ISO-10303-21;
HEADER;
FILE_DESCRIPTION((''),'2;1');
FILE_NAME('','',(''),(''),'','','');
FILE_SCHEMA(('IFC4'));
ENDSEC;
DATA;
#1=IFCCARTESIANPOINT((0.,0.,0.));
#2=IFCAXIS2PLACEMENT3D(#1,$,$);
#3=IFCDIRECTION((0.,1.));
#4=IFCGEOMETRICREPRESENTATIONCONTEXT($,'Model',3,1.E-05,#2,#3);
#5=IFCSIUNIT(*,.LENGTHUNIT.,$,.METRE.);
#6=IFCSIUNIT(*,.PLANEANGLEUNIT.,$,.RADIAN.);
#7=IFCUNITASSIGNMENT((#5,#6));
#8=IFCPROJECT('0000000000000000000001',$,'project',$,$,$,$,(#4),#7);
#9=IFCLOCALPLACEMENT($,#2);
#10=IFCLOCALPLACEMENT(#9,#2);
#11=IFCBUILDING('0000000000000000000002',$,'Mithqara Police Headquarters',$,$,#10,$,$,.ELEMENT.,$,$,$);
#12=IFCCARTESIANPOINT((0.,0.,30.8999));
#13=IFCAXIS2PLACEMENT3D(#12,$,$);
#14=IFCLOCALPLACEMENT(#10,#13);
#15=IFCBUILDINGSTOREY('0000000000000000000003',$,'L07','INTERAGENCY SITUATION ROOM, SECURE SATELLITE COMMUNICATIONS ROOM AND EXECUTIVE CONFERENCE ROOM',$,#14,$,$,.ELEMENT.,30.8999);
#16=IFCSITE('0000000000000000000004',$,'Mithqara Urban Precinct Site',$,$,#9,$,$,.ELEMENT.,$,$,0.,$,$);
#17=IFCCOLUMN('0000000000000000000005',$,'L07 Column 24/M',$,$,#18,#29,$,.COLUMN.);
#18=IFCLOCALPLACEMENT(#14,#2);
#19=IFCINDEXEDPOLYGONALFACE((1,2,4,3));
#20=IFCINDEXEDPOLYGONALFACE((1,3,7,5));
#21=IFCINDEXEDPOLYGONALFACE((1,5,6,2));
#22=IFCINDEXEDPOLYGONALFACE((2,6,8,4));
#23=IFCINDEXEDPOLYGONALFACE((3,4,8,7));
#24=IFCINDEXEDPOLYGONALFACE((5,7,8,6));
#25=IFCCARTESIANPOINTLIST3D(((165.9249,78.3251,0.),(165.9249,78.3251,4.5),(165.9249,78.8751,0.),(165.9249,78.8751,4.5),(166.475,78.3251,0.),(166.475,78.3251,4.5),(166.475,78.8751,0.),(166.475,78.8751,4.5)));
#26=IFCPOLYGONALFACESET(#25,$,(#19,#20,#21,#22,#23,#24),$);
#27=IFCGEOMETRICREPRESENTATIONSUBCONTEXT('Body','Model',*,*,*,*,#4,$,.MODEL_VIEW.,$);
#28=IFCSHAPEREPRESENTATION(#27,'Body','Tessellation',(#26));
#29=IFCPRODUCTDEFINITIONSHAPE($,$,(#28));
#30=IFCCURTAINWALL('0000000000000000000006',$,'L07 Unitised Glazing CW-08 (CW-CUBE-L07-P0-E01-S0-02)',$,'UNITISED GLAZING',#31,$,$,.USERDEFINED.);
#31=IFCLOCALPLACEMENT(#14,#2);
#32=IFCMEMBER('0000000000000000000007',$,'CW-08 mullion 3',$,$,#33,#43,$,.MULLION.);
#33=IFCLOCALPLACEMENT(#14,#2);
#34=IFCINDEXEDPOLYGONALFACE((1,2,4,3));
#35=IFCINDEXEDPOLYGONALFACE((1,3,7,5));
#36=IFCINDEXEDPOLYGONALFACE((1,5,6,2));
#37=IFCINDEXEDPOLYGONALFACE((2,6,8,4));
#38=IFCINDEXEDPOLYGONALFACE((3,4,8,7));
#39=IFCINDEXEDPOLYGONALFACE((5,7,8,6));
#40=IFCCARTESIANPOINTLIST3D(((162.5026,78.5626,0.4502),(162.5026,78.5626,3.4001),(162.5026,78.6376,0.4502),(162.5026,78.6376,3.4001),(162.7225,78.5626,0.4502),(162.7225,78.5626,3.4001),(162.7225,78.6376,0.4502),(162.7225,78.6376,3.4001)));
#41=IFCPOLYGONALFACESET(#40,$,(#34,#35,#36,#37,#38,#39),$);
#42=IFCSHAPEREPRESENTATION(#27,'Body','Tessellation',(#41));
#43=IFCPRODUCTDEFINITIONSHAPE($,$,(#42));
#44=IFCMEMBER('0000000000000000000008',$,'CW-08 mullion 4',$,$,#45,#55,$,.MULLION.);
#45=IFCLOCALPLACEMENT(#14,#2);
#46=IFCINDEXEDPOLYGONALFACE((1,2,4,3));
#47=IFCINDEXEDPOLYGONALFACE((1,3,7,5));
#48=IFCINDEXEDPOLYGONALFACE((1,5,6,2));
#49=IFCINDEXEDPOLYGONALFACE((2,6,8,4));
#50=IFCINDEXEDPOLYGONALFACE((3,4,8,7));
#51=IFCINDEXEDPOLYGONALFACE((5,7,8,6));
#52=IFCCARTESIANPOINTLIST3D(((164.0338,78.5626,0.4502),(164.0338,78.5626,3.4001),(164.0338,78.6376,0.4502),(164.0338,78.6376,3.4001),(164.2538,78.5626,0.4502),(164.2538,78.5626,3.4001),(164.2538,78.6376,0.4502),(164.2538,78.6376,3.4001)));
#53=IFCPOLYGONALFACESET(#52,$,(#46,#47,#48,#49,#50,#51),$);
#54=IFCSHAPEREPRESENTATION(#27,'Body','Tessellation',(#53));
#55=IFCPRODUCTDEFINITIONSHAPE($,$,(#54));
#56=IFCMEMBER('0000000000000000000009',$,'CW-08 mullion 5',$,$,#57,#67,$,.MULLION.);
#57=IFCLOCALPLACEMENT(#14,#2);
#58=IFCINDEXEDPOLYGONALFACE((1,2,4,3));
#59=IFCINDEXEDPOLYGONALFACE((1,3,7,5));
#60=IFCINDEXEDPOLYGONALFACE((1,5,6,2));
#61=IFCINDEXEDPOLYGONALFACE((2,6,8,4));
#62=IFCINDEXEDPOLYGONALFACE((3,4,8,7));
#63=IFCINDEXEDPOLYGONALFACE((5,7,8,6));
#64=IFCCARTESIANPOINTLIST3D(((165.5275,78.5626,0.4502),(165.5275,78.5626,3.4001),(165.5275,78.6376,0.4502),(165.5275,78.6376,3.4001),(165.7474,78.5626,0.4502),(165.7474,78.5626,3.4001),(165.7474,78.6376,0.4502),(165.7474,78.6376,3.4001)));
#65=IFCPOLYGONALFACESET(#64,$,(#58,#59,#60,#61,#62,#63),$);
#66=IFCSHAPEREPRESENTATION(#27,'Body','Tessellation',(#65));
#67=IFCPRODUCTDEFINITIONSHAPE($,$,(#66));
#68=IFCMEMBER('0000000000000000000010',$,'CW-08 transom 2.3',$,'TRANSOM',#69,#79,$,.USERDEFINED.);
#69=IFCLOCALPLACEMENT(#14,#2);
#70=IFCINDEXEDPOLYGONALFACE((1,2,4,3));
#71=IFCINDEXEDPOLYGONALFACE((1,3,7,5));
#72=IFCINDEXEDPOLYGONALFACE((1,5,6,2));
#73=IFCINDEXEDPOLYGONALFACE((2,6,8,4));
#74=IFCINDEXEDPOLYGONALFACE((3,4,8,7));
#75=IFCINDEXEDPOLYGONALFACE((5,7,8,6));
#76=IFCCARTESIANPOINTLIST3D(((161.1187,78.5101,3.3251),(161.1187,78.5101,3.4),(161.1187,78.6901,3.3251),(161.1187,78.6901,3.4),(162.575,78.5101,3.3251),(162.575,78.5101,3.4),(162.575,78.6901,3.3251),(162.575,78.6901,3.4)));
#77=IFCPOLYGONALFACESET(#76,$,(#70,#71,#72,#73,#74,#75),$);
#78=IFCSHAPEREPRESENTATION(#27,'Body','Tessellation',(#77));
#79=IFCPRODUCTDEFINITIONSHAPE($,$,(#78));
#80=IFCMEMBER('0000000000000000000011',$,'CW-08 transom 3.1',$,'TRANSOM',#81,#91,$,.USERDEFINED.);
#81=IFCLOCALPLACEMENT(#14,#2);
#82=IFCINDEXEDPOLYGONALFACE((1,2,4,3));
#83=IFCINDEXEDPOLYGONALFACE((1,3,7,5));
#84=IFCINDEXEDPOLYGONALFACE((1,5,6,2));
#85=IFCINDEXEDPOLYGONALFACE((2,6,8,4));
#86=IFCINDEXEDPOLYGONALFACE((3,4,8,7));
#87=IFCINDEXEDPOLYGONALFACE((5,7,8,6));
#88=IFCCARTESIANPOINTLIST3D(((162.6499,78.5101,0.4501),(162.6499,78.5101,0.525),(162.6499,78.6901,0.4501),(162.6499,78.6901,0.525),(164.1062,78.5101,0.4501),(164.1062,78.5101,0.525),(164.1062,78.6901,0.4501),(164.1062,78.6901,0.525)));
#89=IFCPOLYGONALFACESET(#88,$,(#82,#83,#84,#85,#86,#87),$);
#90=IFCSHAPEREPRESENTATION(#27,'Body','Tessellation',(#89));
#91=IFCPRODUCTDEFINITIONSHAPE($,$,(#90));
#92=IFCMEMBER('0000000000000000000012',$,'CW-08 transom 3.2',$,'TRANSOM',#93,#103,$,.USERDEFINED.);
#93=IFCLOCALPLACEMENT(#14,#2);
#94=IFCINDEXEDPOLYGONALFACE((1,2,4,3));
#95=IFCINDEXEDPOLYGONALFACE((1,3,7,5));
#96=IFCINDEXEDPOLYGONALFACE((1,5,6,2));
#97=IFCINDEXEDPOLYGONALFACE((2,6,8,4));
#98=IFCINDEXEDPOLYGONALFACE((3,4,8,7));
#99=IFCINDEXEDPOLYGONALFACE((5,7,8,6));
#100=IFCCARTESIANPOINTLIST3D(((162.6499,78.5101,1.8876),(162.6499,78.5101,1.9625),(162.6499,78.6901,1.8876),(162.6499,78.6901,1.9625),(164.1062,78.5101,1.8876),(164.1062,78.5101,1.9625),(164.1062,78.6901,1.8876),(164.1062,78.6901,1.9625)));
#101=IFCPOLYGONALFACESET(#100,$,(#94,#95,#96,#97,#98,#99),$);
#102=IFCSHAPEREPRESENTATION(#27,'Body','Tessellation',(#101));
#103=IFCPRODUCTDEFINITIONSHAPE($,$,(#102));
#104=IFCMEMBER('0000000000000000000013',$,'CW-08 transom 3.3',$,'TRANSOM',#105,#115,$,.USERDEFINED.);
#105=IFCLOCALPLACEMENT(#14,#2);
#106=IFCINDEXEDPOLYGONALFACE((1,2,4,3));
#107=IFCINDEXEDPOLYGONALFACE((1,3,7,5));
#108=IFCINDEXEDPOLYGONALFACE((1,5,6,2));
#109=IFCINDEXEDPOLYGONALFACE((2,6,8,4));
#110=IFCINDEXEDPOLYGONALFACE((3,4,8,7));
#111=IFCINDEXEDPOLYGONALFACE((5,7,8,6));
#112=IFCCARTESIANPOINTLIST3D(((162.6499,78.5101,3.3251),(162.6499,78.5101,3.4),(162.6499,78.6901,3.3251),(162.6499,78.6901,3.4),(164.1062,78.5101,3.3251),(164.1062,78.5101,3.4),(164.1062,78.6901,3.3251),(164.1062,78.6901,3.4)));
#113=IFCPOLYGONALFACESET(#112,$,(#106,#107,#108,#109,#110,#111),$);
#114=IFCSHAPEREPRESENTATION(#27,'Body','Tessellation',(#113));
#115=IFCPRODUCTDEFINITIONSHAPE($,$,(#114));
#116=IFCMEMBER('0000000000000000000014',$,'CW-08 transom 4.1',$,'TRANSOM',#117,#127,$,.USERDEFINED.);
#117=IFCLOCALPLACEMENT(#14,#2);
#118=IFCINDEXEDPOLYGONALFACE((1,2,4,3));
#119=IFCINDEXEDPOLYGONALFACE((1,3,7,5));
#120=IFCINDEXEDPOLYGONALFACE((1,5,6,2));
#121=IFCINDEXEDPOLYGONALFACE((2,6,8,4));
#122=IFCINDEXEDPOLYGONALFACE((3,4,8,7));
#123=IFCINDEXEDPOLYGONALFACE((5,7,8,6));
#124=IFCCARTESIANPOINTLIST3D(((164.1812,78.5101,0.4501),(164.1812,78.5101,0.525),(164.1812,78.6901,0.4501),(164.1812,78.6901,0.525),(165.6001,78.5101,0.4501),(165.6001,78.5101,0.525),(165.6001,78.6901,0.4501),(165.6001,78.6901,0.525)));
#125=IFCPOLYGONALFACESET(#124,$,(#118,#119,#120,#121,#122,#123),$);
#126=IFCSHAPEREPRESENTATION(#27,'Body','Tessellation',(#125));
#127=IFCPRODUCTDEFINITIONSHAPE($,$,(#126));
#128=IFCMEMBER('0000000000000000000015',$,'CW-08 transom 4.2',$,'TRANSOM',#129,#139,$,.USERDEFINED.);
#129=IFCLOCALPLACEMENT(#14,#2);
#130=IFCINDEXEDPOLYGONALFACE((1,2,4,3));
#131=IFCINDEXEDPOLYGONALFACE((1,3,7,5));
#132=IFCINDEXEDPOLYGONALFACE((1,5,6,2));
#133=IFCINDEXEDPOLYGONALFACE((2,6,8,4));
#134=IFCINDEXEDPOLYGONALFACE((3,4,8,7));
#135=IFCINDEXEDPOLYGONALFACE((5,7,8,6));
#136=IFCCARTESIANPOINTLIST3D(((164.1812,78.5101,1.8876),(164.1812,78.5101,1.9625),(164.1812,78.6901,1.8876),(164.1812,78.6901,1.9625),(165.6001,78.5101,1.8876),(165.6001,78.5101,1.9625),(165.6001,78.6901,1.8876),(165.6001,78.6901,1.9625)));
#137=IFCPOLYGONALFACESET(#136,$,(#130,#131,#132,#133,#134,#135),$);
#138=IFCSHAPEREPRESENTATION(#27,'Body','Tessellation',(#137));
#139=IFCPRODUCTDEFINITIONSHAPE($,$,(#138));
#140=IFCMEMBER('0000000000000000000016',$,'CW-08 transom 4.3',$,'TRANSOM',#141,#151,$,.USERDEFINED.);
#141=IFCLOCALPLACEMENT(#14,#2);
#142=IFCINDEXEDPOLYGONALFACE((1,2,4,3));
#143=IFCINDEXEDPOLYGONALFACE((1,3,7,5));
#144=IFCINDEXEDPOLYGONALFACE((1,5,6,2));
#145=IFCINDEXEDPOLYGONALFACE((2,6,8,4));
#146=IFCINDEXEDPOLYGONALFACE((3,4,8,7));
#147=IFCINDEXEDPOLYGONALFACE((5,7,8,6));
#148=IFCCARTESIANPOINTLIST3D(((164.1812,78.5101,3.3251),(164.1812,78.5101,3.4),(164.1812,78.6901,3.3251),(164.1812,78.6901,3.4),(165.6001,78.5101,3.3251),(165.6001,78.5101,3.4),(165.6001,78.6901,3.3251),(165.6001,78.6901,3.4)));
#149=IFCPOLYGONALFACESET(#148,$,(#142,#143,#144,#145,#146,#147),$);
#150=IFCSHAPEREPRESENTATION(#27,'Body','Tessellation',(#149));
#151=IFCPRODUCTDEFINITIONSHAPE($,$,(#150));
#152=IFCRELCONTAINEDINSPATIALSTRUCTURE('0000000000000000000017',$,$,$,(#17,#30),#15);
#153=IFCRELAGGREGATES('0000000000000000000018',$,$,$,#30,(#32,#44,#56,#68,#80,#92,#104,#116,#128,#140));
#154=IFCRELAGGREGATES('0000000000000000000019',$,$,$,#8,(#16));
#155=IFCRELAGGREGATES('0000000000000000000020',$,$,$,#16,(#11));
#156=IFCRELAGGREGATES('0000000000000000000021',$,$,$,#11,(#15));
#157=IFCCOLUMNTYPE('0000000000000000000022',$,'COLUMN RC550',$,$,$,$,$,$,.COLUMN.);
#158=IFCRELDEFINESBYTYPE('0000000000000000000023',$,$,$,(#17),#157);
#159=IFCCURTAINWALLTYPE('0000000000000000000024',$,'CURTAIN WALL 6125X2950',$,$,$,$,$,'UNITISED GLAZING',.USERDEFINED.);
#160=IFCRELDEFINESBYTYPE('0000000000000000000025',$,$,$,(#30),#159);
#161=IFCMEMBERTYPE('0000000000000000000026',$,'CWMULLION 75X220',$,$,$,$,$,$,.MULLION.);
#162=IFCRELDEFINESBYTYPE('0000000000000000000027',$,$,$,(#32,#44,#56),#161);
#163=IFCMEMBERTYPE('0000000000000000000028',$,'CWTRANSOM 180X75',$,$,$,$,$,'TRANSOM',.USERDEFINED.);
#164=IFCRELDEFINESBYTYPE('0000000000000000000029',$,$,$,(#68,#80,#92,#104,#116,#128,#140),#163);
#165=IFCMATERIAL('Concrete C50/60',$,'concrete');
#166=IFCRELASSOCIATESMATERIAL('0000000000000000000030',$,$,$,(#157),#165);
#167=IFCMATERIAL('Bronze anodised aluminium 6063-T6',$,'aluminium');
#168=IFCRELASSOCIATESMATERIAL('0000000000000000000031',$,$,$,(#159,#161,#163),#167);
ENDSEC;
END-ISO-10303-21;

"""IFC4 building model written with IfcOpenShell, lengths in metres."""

from ifc_helpers import new_model, si_unit, direction, frame, origin, origin_2d, place, context, subcontext, project, spatial, rectangle, extrude, material, material_profile, profile_set, type_object, element, aggregate, save


model = new_model("IFC4")

# Units and contexts
model_context = context("Model", 3, precision=1e-05, world=origin(), true_north=direction((0.0, 1.0)))
body_context = subcontext(model_context, "Body", "Model", "MODEL_VIEW")
ifc_project = project(units=[si_unit("LENGTHUNIT", "METRE"), si_unit("PLANEANGLEUNIT", "RADIAN")], contexts=[model_context])

# Site, building, storey
site_placement = place(None, origin())
site = spatial("IfcSite", under=ifc_project, at=site_placement, Name="Mithqara Urban Precinct Site", CompositionType="ELEMENT", RefElevation=0.0)
building_placement = place(site_placement, origin())
building = spatial("IfcBuilding", under=site, at=building_placement, Name="Mithqara Police Headquarters", CompositionType="ELEMENT")
storey_placement = place(building_placement, frame((0.0, 0.0, 30.8999)))
storey = spatial("IfcBuildingStorey", under=building, at=storey_placement, Name="L07", Description="INTERAGENCY SITUATION ROOM, SECURE SATELLITE COMMUNICATIONS ROOM AND EXECUTIVE CONFERENCE ROOM", CompositionType="ELEMENT", Elevation=30.8999)

# Column
ifc_material_1 = material(Name="Concrete C50/60", Category="concrete")
ifc_material_profile_1 = material_profile(ifc_material_1, rectangle(XDim=0.55, YDim=0.55, at=origin_2d()), Name="RC 550x550")
ifc_profile_set_1 = profile_set([ifc_material_profile_1], Name="Concrete C50/60")
column_type = type_object("IfcColumnType", Name="COLUMN RC550", PredefinedType="COLUMN", material=ifc_profile_set_1)
column_placement = place(storey_placement, frame((166.2, 78.6001, 0.0), z_axis=(0.0, 0.0, 1.0), x_axis=(1.0, 0.0, 0.0)))
element("IfcColumn", 1, at=column_placement, inside=storey, type_object=column_type, Name="L07 Column 24/M", PredefinedType="COLUMN", context=body_context, shape_type="SweptSolid", body=[
    extrude(rectangle(XDim=0.55, YDim=0.55, at=origin_2d()), origin(), (0.0, 0.0, 1.0), 4.5),
])

# Curtain wall, members
ifc_material_2 = material(Name="Bronze anodised aluminium 6063-T6", Category="aluminium")
curtain_wall_type = type_object("IfcCurtainWallType", Name="CURTAIN WALL 6125X2950", ElementType="UNITISED GLAZING", PredefinedType="USERDEFINED", material=ifc_material_2)
curtain_wall_placement = place(storey_placement, origin())
curtain_wall = element("IfcCurtainWall", 2, at=curtain_wall_placement, inside=storey, type_object=curtain_wall_type, Name="L07 Unitised Glazing CW-08 (CW-CUBE-L07-P0-E01-S0-02)", ObjectType="UNITISED GLAZING", PredefinedType="USERDEFINED")
ifc_material_profile_2 = material_profile(ifc_material_2, rectangle(XDim=0.075, YDim=0.22, at=origin_2d()), Name="CWM 75x220")
ifc_profile_set_2 = profile_set([ifc_material_profile_2], Name="Bronze anodised aluminium 6063-T6")
member_type_1 = type_object("IfcMemberType", Name="CWMULLION 75X220", PredefinedType="MULLION", material=ifc_profile_set_2)
member_1_placement = place(storey_placement, frame((162.6125, 78.6001, 0.4502), z_axis=(0.0, 0.0, 1.0), x_axis=(0.0, 1.0, 0.0)))
member_1 = element("IfcMember", 3, at=member_1_placement, type_object=member_type_1, Name="CW-08 mullion 3", PredefinedType="MULLION", context=body_context, shape_type="SweptSolid", body=[
    extrude(rectangle(XDim=0.075, YDim=0.22, at=origin_2d()), origin(), (0.0, 0.0, 1.0), 2.95),
])
member_2_placement = place(storey_placement, frame((164.1438, 78.6001, 0.4502), z_axis=(0.0, 0.0, 1.0), x_axis=(0.0, 1.0, 0.0)))
member_2 = element("IfcMember", 4, at=member_2_placement, type_object=member_type_1, Name="CW-08 mullion 4", PredefinedType="MULLION", context=body_context, shape_type="SweptSolid", body=[
    extrude(rectangle(XDim=0.075, YDim=0.22, at=origin_2d()), origin(), (0.0, 0.0, 1.0), 2.95),
])
member_3_placement = place(storey_placement, frame((165.6375, 78.6001, 0.4502), z_axis=(0.0, 0.0, 1.0), x_axis=(0.0, 1.0, 0.0)))
member_3 = element("IfcMember", 5, at=member_3_placement, type_object=member_type_1, Name="CW-08 mullion 5", PredefinedType="MULLION", context=body_context, shape_type="SweptSolid", body=[
    extrude(rectangle(XDim=0.075, YDim=0.22, at=origin_2d()), origin(), (0.0, 0.0, 1.0), 2.95),
])
ifc_material_profile_3 = material_profile(ifc_material_2, rectangle(XDim=0.1799, YDim=0.075, at=origin_2d()), Name="CWT 180x75")
ifc_profile_set_3 = profile_set([ifc_material_profile_3], Name="Bronze anodised aluminium 6063-T6")
member_type_2 = type_object("IfcMemberType", Name="CWTRANSOM 180X75", ElementType="TRANSOM", PredefinedType="USERDEFINED", material=ifc_profile_set_3)
member_4_placement = place(storey_placement, frame((161.1187, 78.6001, 3.3625), z_axis=(1.0, 0.0, 0.0), x_axis=(0.0, 1.0, 0.0)))
member_4 = element("IfcMember", 6, at=member_4_placement, type_object=member_type_2, Name="CW-08 transom 2.3", ObjectType="TRANSOM", PredefinedType="USERDEFINED", context=body_context, shape_type="SweptSolid", body=[
    extrude(rectangle(XDim=0.1799, YDim=0.075, at=origin_2d()), origin(), (0.0, 0.0, 1.0), 1.4563),
])
member_5_placement = place(storey_placement, frame((162.6499, 78.6001, 0.4875), z_axis=(1.0, 0.0, 0.0), x_axis=(0.0, 1.0, 0.0)))
member_5 = element("IfcMember", 7, at=member_5_placement, type_object=member_type_2, Name="CW-08 transom 3.1", ObjectType="TRANSOM", PredefinedType="USERDEFINED", context=body_context, shape_type="SweptSolid", body=[
    extrude(rectangle(XDim=0.1799, YDim=0.075, at=origin_2d()), origin(), (0.0, 0.0, 1.0), 1.4563),
])
member_6_placement = place(storey_placement, frame((162.6499, 78.6001, 1.925), z_axis=(1.0, 0.0, 0.0), x_axis=(0.0, 1.0, 0.0)))
member_6 = element("IfcMember", 8, at=member_6_placement, type_object=member_type_2, Name="CW-08 transom 3.2", ObjectType="TRANSOM", PredefinedType="USERDEFINED", context=body_context, shape_type="SweptSolid", body=[
    extrude(rectangle(XDim=0.1799, YDim=0.075, at=origin_2d()), origin(), (0.0, 0.0, 1.0), 1.4563),
])
member_7_placement = place(storey_placement, frame((162.6499, 78.6001, 3.3625), z_axis=(1.0, 0.0, 0.0), x_axis=(0.0, 1.0, 0.0)))
member_7 = element("IfcMember", 9, at=member_7_placement, type_object=member_type_2, Name="CW-08 transom 3.3", ObjectType="TRANSOM", PredefinedType="USERDEFINED", context=body_context, shape_type="SweptSolid", body=[
    extrude(rectangle(XDim=0.1799, YDim=0.075, at=origin_2d()), origin(), (0.0, 0.0, 1.0), 1.4563),
])
member_8_placement = place(storey_placement, frame((164.1812, 78.6001, 0.4875), z_axis=(1.0, 0.0, 0.0), x_axis=(0.0, 1.0, 0.0)))
member_8 = element("IfcMember", 10, at=member_8_placement, type_object=member_type_2, Name="CW-08 transom 4.1", ObjectType="TRANSOM", PredefinedType="USERDEFINED", context=body_context, shape_type="SweptSolid", body=[
    extrude(rectangle(XDim=0.1799, YDim=0.075, at=origin_2d()), origin(), (0.0, 0.0, 1.0), 1.4189),
])
member_9_placement = place(storey_placement, frame((164.1812, 78.6001, 1.925), z_axis=(1.0, 0.0, 0.0), x_axis=(0.0, 1.0, 0.0)))
member_9 = element("IfcMember", 11, at=member_9_placement, type_object=member_type_2, Name="CW-08 transom 4.2", ObjectType="TRANSOM", PredefinedType="USERDEFINED", context=body_context, shape_type="SweptSolid", body=[
    extrude(rectangle(XDim=0.1799, YDim=0.075, at=origin_2d()), origin(), (0.0, 0.0, 1.0), 1.4189),
])
member_10_placement = place(storey_placement, frame((164.1812, 78.6001, 3.3625), z_axis=(1.0, 0.0, 0.0), x_axis=(0.0, 1.0, 0.0)))
member_10 = element("IfcMember", 12, at=member_10_placement, type_object=member_type_2, Name="CW-08 transom 4.3", ObjectType="TRANSOM", PredefinedType="USERDEFINED", context=body_context, shape_type="SweptSolid", body=[
    extrude(rectangle(XDim=0.1799, YDim=0.075, at=origin_2d()), origin(), (0.0, 0.0, 1.0), 1.4189),
])

aggregate(curtain_wall, [member_1, member_2, member_3, member_4, member_5, member_6, member_7, member_8, member_9, member_10])

save(model, "model.ifc")
